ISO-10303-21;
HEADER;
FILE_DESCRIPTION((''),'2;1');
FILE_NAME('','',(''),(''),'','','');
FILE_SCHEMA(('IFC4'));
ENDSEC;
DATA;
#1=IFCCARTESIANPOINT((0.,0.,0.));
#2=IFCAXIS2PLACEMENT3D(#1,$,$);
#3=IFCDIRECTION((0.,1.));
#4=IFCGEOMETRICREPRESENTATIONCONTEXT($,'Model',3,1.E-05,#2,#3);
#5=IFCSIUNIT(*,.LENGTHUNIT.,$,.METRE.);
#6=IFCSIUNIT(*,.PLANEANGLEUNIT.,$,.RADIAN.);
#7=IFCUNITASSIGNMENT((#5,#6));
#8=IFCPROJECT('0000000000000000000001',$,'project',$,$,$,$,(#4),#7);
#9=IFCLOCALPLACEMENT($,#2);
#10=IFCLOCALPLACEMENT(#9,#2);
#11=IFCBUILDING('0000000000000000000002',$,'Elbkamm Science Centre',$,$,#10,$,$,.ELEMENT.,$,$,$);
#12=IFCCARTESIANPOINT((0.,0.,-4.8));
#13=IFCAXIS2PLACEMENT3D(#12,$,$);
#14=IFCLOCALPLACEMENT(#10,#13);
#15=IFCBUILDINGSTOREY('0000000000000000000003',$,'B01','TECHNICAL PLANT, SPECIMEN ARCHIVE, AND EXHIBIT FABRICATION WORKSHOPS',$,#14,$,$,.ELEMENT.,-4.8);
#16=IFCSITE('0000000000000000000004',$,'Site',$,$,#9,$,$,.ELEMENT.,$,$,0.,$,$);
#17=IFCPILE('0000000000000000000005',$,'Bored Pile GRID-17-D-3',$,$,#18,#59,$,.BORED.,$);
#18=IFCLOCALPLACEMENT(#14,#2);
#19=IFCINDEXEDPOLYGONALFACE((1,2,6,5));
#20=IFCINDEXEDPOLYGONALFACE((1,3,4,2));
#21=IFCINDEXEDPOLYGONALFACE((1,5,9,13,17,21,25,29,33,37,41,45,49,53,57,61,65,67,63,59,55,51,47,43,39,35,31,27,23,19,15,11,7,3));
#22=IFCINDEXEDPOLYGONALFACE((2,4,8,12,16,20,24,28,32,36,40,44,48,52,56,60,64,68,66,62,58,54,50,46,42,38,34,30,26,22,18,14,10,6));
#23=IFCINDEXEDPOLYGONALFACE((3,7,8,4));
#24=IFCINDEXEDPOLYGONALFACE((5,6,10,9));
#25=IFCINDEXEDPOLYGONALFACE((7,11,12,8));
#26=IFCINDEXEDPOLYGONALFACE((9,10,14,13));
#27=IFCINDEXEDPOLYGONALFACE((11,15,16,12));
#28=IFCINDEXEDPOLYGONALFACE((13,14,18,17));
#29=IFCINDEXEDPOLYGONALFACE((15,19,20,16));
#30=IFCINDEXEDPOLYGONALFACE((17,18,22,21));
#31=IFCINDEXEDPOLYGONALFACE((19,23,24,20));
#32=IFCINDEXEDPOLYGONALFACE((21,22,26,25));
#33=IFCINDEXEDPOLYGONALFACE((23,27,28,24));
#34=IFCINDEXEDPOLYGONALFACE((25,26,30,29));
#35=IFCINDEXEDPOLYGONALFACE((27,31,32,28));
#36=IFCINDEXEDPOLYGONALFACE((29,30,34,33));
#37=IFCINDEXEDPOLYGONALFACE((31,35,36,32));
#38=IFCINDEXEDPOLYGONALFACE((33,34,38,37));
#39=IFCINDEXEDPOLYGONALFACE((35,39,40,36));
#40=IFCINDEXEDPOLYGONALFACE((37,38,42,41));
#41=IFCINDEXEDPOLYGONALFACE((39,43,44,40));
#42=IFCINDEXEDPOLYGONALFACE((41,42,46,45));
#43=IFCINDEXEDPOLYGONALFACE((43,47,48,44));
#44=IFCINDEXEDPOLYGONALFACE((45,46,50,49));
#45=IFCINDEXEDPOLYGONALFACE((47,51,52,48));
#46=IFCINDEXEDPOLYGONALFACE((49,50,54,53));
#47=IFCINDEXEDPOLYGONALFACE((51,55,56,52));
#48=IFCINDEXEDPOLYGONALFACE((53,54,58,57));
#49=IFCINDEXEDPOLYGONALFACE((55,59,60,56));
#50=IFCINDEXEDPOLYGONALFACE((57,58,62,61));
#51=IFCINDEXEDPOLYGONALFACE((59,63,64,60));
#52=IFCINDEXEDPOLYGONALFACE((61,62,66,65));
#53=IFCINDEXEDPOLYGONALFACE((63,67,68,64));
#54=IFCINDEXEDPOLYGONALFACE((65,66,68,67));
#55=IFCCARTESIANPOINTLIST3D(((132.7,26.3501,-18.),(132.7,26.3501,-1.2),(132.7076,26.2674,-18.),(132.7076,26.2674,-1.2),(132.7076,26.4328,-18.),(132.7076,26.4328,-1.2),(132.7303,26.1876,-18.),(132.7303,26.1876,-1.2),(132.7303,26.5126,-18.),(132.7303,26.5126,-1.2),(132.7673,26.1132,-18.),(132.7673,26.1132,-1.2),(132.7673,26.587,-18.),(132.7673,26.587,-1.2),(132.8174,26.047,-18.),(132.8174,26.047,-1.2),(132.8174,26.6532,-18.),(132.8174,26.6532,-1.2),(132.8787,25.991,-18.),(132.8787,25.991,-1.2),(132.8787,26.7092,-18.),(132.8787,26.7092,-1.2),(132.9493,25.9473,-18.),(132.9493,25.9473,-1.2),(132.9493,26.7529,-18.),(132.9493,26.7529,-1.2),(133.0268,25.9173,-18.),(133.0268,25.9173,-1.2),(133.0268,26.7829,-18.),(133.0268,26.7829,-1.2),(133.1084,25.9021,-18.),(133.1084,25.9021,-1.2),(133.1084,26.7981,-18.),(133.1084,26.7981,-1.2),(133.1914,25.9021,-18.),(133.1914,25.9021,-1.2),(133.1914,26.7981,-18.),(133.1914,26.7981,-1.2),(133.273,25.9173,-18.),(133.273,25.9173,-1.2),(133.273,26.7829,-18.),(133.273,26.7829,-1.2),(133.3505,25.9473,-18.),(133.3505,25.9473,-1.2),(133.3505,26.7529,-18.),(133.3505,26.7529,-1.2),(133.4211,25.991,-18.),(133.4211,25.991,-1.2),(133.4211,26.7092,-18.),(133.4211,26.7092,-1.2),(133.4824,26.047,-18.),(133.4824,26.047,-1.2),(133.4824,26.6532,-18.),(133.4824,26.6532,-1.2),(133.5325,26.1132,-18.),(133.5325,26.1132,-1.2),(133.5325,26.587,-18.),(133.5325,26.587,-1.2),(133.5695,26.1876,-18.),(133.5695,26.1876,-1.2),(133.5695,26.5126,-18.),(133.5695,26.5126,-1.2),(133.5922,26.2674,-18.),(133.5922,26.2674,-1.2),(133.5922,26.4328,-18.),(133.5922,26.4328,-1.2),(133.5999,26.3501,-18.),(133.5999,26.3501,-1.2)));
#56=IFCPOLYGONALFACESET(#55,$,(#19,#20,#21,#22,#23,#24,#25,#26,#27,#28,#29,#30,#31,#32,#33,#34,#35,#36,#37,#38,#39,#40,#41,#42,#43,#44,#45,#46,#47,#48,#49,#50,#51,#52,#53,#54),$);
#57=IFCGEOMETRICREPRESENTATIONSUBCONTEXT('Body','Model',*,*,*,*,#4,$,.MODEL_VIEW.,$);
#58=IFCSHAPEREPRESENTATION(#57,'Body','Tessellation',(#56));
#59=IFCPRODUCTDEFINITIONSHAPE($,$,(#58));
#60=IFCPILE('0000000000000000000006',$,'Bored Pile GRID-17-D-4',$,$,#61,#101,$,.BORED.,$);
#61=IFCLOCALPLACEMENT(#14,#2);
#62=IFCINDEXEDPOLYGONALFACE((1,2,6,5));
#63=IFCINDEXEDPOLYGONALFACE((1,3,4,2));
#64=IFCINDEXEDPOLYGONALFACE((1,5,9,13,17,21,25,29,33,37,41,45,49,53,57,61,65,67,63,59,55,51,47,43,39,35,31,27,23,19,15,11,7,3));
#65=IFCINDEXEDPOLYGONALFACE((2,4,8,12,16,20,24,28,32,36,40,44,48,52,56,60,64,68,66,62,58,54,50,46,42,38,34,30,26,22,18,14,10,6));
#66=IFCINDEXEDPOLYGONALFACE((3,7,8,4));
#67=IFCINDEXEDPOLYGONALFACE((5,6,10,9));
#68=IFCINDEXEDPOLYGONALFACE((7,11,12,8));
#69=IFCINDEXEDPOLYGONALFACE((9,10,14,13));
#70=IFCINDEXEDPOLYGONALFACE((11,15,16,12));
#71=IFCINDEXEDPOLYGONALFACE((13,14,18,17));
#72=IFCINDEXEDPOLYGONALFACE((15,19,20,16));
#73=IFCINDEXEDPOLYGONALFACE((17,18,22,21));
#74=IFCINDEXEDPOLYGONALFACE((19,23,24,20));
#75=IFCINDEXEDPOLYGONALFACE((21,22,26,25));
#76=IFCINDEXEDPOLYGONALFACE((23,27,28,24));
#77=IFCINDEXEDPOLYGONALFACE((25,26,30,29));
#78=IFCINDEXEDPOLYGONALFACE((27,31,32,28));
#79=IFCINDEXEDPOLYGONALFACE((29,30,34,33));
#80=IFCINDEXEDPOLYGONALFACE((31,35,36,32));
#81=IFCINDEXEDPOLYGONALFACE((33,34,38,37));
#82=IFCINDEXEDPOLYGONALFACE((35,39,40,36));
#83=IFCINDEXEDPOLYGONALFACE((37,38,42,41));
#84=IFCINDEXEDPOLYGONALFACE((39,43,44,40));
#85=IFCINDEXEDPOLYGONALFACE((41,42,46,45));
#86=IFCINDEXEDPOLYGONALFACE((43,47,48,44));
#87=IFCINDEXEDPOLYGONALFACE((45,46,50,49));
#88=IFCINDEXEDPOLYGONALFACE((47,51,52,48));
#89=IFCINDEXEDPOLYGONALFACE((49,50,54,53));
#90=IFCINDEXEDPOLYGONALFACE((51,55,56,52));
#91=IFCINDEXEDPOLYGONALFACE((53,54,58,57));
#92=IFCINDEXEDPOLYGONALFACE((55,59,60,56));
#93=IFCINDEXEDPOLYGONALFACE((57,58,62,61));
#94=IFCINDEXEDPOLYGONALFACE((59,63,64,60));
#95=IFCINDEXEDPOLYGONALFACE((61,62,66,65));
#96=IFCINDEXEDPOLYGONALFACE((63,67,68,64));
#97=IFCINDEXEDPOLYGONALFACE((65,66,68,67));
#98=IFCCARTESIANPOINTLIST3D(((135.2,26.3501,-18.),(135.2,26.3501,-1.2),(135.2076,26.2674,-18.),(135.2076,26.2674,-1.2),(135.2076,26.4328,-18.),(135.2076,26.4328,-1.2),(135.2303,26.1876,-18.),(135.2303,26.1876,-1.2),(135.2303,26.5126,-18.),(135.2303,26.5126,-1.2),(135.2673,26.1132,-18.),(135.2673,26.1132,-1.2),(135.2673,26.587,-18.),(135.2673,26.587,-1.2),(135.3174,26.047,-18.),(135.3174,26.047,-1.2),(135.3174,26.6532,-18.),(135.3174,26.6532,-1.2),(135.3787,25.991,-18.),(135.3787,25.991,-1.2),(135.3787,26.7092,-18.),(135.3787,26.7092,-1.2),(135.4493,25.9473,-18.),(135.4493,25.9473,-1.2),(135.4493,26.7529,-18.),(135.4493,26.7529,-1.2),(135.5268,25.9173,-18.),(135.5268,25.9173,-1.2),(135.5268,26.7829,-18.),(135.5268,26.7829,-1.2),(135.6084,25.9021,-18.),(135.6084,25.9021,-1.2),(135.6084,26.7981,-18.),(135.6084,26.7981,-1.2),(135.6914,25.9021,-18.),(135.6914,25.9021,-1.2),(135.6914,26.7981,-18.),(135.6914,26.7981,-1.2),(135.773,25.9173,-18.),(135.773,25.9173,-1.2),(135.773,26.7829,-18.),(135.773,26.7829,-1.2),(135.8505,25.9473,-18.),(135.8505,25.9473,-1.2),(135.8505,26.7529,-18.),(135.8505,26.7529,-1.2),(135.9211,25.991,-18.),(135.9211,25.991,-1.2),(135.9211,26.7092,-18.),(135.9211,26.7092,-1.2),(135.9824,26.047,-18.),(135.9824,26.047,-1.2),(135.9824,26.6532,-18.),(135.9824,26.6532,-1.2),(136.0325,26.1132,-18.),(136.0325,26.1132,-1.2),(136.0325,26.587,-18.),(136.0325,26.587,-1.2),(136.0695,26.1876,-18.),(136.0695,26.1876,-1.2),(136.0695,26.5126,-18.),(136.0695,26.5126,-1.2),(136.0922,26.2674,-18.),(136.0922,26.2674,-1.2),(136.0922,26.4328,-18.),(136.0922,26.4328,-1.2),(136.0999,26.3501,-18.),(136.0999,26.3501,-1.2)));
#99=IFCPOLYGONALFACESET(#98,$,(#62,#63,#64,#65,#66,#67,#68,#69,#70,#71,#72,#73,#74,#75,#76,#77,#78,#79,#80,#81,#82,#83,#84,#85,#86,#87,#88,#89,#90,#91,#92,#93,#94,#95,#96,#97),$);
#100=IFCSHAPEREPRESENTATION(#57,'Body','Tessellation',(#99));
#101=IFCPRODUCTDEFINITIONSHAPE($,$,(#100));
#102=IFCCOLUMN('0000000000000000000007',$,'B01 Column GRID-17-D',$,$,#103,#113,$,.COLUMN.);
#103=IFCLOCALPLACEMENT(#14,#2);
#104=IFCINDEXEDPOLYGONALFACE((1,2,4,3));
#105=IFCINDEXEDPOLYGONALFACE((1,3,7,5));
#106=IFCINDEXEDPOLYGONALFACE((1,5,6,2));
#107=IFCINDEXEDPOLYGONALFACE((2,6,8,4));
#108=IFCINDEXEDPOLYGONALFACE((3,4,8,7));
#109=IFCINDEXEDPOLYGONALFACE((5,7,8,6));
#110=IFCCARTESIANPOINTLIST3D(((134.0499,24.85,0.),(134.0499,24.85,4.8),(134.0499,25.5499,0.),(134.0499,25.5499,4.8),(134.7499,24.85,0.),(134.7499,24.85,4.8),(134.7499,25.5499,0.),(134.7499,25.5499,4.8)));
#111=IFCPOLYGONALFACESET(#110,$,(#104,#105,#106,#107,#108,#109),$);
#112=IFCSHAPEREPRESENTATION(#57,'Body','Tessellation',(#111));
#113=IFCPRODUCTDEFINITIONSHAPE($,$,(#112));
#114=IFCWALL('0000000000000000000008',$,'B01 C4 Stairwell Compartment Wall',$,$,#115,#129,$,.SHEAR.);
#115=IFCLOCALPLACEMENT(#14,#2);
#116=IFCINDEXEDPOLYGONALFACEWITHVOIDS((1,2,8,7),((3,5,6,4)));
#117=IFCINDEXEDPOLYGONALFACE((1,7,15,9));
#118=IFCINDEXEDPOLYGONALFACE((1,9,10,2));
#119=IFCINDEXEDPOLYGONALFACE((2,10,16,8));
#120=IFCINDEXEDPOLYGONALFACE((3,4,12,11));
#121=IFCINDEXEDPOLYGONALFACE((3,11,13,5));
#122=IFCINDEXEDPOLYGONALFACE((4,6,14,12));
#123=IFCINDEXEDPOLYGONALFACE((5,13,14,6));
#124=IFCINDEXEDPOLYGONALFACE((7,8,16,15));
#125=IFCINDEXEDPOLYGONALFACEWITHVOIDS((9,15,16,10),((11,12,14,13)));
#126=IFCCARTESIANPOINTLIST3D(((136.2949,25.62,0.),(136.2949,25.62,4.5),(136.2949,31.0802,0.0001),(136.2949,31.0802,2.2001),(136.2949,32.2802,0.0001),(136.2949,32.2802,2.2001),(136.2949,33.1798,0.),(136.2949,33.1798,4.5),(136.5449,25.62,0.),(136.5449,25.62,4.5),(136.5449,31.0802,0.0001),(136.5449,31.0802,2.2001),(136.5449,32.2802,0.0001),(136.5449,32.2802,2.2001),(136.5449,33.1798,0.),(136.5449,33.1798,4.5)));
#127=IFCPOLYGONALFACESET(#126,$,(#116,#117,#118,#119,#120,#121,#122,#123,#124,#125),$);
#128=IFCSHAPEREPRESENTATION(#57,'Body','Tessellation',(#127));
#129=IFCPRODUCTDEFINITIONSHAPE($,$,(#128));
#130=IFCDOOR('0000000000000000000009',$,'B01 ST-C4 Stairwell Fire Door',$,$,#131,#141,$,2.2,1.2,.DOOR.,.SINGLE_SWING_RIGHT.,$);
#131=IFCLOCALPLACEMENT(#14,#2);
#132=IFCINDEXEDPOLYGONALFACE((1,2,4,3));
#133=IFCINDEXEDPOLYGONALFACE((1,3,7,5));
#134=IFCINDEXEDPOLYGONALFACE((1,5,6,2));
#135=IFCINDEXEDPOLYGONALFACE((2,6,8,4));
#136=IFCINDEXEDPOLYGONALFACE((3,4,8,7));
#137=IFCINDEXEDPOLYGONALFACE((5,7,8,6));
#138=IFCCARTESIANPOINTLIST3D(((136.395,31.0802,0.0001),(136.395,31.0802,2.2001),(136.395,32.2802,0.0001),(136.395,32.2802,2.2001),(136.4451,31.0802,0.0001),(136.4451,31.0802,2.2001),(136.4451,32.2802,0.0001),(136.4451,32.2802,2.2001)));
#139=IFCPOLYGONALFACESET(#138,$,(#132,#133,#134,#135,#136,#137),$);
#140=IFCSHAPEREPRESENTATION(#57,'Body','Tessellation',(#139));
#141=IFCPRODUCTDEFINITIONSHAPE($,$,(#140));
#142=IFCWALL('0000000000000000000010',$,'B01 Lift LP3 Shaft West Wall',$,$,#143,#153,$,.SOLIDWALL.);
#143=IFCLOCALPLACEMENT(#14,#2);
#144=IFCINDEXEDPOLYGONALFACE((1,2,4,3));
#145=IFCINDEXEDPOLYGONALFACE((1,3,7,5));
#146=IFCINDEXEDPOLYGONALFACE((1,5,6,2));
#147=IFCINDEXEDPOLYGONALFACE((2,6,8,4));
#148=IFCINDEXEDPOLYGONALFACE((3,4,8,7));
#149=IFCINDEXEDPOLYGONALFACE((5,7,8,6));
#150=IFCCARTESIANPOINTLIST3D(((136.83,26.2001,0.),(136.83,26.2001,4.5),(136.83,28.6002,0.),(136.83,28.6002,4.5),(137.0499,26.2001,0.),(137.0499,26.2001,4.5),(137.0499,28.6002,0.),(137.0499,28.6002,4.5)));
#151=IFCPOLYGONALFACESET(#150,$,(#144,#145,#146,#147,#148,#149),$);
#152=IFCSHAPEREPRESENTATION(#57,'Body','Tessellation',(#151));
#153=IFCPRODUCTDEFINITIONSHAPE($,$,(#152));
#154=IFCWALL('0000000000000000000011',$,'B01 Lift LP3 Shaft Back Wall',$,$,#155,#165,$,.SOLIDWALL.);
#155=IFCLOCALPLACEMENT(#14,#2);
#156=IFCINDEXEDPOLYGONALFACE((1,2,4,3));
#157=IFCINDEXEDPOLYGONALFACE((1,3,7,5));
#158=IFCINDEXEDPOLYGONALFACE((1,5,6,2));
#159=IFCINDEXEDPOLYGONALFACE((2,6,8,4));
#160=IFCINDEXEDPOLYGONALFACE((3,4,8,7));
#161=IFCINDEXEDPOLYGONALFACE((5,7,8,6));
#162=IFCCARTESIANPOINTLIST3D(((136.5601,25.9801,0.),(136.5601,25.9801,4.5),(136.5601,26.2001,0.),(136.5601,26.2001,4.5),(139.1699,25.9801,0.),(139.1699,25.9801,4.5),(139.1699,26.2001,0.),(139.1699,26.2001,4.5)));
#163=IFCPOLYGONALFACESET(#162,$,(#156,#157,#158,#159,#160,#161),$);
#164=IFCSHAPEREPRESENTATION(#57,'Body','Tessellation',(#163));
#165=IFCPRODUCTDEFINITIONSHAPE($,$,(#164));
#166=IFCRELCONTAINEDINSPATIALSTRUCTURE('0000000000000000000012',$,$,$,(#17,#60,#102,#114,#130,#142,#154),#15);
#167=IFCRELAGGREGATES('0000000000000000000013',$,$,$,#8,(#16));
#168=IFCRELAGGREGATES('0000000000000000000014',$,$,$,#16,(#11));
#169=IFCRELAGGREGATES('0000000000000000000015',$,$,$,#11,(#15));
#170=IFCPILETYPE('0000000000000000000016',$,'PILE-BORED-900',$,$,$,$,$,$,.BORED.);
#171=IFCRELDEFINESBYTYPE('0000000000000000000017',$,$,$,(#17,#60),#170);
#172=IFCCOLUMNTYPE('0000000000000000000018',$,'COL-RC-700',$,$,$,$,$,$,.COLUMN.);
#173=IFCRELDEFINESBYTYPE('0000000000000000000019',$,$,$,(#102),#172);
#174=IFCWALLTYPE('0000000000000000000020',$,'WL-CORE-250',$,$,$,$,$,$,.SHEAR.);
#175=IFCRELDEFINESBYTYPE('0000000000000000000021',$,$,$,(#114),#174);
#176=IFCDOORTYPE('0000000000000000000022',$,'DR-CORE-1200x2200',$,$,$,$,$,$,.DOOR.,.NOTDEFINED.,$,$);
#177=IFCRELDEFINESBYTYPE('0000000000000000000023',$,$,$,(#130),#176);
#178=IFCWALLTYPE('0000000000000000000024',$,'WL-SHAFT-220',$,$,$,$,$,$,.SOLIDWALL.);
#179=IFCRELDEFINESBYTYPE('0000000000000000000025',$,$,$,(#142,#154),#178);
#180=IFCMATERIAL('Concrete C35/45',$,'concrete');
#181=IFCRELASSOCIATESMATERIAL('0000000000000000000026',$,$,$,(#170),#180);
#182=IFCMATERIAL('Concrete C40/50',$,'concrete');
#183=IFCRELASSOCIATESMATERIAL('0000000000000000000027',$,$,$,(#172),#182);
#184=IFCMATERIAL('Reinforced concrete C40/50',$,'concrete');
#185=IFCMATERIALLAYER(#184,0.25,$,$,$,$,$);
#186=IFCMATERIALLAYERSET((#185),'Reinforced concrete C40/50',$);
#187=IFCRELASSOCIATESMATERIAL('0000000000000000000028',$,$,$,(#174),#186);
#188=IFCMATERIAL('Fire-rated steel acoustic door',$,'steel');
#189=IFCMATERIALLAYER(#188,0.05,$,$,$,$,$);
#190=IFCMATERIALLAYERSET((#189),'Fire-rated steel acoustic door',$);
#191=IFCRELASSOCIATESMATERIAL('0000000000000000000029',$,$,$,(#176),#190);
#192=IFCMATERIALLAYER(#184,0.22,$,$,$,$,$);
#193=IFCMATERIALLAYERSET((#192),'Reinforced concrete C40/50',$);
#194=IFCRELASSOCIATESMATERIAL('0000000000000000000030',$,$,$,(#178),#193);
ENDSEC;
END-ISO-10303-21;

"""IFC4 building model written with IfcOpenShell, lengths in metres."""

from ifc_helpers import new_model, si_unit, direction, frame, frame_2d, origin, origin_2d, place, context, subcontext, project, spatial, rectangle, circle, extrude, material, layer, layer_set, material_profile, profile_set, type_object, element, fill, save


model = new_model("IFC4")

# Units and contexts
model_context = context("Model", 3, precision=1e-05, world=origin(), true_north=direction((0.0, 1.0)))
body_context = subcontext(model_context, "Body", "Model", "MODEL_VIEW")
ifc_project = project(units=[si_unit("LENGTHUNIT", "METRE"), si_unit("PLANEANGLEUNIT", "RADIAN")], contexts=[model_context])

# Site, building, storey
site_placement = place(None, origin())
site = spatial("IfcSite", under=ifc_project, at=site_placement, Name="Site", CompositionType="ELEMENT", RefElevation=0.0)
building_placement = place(site_placement, origin())
building = spatial("IfcBuilding", under=site, at=building_placement, Name="Elbkamm Science Centre", CompositionType="ELEMENT")
storey_placement = place(building_placement, frame((0.0, 0.0, -4.8)))
storey = spatial("IfcBuildingStorey", under=building, at=storey_placement, Name="B01", Description="TECHNICAL PLANT, SPECIMEN ARCHIVE, AND EXHIBIT FABRICATION WORKSHOPS", CompositionType="ELEMENT", Elevation=-4.8)

# Shared definitions
ifc_material_1 = material(Name="Concrete C35/45", Category="concrete")

# Piles
ifc_material_profile_1 = material_profile(ifc_material_1, circle(Radius=0.45, at=origin_2d()), Name="PILE D900")
ifc_profile_set_1 = profile_set([ifc_material_profile_1], Name="Concrete C35/45")
pile_type = type_object("IfcPileType", Name="PILE-BORED-900", PredefinedType="BORED", material=ifc_profile_set_1)
for number, where, z_axis, x_axis, name in (
    (1, (133.1499, 26.3501, -1.2), (0.0, 0.0, -1.0), (1.0, 0.0, 0.0), "Bored Pile GRID-17-D-3"),
    (2, (135.6499, 26.3501, -1.2), (0.0, 0.0, -1.0), (1.0, 0.0, 0.0), "Bored Pile GRID-17-D-4"),
):
    element("IfcPile", number, at=place(storey_placement, frame(where, z_axis=z_axis, x_axis=x_axis)), inside=storey, type_object=pile_type, Name=name, PredefinedType="BORED", context=body_context, shape_type="SweptSolid", body=[
        extrude(circle(Radius=0.45, at=origin_2d()), origin(), (0.0, 0.0, 1.0), 16.8),
    ])

# Column
ifc_material_2 = material(Name="Concrete C40/50", Category="concrete")
ifc_material_profile_2 = material_profile(ifc_material_2, rectangle(XDim=0.7, YDim=0.7, at=origin_2d()), Name="RC 700x700")
ifc_profile_set_2 = profile_set([ifc_material_profile_2], Name="Concrete C40/50")
column_type = type_object("IfcColumnType", Name="COL-RC-700", PredefinedType="COLUMN", material=ifc_profile_set_2)
column_placement = place(storey_placement, frame((134.3999, 25.2, 0.0), z_axis=(0.0, 0.0, 1.0), x_axis=(1.0, 0.0, 0.0)))
element("IfcColumn", 3, at=column_placement, inside=storey, type_object=column_type, Name="B01 Column GRID-17-D", PredefinedType="COLUMN", context=body_context, shape_type="SweptSolid", body=[
    extrude(rectangle(XDim=0.7, YDim=0.7, at=origin_2d()), origin(), (0.0, 0.0, 1.0), 4.8),
])

# Wall, opening, door
ifc_material_3 = material(Name="Reinforced concrete C40/50", Category="concrete")
ifc_layer_1 = layer(ifc_material_3, 0.25)
ifc_layer_set_1 = layer_set([ifc_layer_1], Name="Reinforced concrete C40/50")
wall_type_1 = type_object("IfcWallType", Name="WL-CORE-250", PredefinedType="SHEAR", material=ifc_layer_set_1)
wall_1_placement = place(storey_placement, frame((136.4199, 25.6201, 0.0), z_axis=(0.0, 0.0, 1.0), x_axis=(0.0, 1.0, 0.0)))
wall_1 = element("IfcWall", 4, at=wall_1_placement, inside=storey, type_object=wall_type_1, Name="B01 C4 Stairwell Compartment Wall", PredefinedType="SHEAR", context=body_context, shape_type="SweptSolid", body=[
    extrude(rectangle(XDim=7.5598, YDim=0.25, at=frame_2d((3.7798, 0.0))), origin(), (0.0, 0.0, 1.0), 4.5),
])
opening_1_placement = place(wall_1_placement, frame((5.46, 0.0, 0.0)))
opening_1 = element("IfcOpeningElement", 5, at=opening_1_placement, cuts=wall_1, PredefinedType="OPENING", context=body_context, shape_type="SweptSolid", body=[
    extrude(rectangle(XDim=1.2, YDim=2.2, at=frame_2d((0.6001, 1.1001))), frame((0.0, 0.137, 0.0), z_axis=(0.0, -1.0, 0.0), x_axis=(1.0, 0.0, 0.0)), (0.0, 0.0, 1.0), 0.2739),
])
ifc_material_4 = material(Name="Fire-rated steel acoustic door", Category="steel")
ifc_layer_2 = layer(ifc_material_4, 0.05)
ifc_layer_set_2 = layer_set([ifc_layer_2], Name="Fire-rated steel acoustic door")
door_type_1 = type_object("IfcDoorType", Name="DR-CORE-1200x2200", OperationType="NOTDEFINED", PredefinedType="DOOR", material=ifc_layer_set_2)
door_1_placement = place(opening_1_placement, origin())
door_1 = element("IfcDoor", 6, at=door_1_placement, inside=storey, type_object=door_type_1, Name="B01 ST-C4 Stairwell Fire Door", OperationType="SINGLE_SWING_RIGHT", OverallHeight=2.2, OverallWidth=1.2, PredefinedType="DOOR", context=body_context, shape_type="SweptSolid", body=[
    extrude(rectangle(XDim=1.2, YDim=2.2, at=frame_2d((0.6001, 1.1001))), frame((0.0, 0.0249, 0.0), z_axis=(0.0, -1.0, 0.0), x_axis=(1.0, 0.0, 0.0)), (0.0, 0.0, 1.0), 0.05),
])
fill(opening_1, door_1)

# Walls
ifc_layer_3 = layer(ifc_material_3, 0.22)
ifc_layer_set_3 = layer_set([ifc_layer_3], Name="Reinforced concrete C40/50")
wall_type_2 = type_object("IfcWallType", Name="WL-SHAFT-220", PredefinedType="SOLIDWALL", material=ifc_layer_set_3)
wall_2_placement = place(storey_placement, frame((136.9399, 26.2, 0.0), z_axis=(0.0, 0.0, 1.0), x_axis=(0.0, 1.0, 0.0)))
element("IfcWall", 7, at=wall_2_placement, inside=storey, type_object=wall_type_2, Name="B01 Lift LP3 Shaft West Wall", PredefinedType="SOLIDWALL", context=body_context, shape_type="SweptSolid", body=[
    extrude(rectangle(XDim=2.4001, YDim=0.22, at=frame_2d((1.2002, 0.0))), origin(), (0.0, 0.0, 1.0), 4.5),
])
wall_3_placement = place(storey_placement, frame((136.5601, 26.0901, 0.0), z_axis=(0.0, 0.0, 1.0), x_axis=(1.0, 0.0, 0.0)))
element("IfcWall", 8, at=wall_3_placement, inside=storey, type_object=wall_type_2, Name="B01 Lift LP3 Shaft Back Wall", PredefinedType="SOLIDWALL", context=body_context, shape_type="SweptSolid", body=[
    extrude(rectangle(XDim=2.6099, YDim=0.22, at=frame_2d((1.3049, 0.0))), origin(), (0.0, 0.0, 1.0), 4.5),
])

save(model, "model.ifc")
